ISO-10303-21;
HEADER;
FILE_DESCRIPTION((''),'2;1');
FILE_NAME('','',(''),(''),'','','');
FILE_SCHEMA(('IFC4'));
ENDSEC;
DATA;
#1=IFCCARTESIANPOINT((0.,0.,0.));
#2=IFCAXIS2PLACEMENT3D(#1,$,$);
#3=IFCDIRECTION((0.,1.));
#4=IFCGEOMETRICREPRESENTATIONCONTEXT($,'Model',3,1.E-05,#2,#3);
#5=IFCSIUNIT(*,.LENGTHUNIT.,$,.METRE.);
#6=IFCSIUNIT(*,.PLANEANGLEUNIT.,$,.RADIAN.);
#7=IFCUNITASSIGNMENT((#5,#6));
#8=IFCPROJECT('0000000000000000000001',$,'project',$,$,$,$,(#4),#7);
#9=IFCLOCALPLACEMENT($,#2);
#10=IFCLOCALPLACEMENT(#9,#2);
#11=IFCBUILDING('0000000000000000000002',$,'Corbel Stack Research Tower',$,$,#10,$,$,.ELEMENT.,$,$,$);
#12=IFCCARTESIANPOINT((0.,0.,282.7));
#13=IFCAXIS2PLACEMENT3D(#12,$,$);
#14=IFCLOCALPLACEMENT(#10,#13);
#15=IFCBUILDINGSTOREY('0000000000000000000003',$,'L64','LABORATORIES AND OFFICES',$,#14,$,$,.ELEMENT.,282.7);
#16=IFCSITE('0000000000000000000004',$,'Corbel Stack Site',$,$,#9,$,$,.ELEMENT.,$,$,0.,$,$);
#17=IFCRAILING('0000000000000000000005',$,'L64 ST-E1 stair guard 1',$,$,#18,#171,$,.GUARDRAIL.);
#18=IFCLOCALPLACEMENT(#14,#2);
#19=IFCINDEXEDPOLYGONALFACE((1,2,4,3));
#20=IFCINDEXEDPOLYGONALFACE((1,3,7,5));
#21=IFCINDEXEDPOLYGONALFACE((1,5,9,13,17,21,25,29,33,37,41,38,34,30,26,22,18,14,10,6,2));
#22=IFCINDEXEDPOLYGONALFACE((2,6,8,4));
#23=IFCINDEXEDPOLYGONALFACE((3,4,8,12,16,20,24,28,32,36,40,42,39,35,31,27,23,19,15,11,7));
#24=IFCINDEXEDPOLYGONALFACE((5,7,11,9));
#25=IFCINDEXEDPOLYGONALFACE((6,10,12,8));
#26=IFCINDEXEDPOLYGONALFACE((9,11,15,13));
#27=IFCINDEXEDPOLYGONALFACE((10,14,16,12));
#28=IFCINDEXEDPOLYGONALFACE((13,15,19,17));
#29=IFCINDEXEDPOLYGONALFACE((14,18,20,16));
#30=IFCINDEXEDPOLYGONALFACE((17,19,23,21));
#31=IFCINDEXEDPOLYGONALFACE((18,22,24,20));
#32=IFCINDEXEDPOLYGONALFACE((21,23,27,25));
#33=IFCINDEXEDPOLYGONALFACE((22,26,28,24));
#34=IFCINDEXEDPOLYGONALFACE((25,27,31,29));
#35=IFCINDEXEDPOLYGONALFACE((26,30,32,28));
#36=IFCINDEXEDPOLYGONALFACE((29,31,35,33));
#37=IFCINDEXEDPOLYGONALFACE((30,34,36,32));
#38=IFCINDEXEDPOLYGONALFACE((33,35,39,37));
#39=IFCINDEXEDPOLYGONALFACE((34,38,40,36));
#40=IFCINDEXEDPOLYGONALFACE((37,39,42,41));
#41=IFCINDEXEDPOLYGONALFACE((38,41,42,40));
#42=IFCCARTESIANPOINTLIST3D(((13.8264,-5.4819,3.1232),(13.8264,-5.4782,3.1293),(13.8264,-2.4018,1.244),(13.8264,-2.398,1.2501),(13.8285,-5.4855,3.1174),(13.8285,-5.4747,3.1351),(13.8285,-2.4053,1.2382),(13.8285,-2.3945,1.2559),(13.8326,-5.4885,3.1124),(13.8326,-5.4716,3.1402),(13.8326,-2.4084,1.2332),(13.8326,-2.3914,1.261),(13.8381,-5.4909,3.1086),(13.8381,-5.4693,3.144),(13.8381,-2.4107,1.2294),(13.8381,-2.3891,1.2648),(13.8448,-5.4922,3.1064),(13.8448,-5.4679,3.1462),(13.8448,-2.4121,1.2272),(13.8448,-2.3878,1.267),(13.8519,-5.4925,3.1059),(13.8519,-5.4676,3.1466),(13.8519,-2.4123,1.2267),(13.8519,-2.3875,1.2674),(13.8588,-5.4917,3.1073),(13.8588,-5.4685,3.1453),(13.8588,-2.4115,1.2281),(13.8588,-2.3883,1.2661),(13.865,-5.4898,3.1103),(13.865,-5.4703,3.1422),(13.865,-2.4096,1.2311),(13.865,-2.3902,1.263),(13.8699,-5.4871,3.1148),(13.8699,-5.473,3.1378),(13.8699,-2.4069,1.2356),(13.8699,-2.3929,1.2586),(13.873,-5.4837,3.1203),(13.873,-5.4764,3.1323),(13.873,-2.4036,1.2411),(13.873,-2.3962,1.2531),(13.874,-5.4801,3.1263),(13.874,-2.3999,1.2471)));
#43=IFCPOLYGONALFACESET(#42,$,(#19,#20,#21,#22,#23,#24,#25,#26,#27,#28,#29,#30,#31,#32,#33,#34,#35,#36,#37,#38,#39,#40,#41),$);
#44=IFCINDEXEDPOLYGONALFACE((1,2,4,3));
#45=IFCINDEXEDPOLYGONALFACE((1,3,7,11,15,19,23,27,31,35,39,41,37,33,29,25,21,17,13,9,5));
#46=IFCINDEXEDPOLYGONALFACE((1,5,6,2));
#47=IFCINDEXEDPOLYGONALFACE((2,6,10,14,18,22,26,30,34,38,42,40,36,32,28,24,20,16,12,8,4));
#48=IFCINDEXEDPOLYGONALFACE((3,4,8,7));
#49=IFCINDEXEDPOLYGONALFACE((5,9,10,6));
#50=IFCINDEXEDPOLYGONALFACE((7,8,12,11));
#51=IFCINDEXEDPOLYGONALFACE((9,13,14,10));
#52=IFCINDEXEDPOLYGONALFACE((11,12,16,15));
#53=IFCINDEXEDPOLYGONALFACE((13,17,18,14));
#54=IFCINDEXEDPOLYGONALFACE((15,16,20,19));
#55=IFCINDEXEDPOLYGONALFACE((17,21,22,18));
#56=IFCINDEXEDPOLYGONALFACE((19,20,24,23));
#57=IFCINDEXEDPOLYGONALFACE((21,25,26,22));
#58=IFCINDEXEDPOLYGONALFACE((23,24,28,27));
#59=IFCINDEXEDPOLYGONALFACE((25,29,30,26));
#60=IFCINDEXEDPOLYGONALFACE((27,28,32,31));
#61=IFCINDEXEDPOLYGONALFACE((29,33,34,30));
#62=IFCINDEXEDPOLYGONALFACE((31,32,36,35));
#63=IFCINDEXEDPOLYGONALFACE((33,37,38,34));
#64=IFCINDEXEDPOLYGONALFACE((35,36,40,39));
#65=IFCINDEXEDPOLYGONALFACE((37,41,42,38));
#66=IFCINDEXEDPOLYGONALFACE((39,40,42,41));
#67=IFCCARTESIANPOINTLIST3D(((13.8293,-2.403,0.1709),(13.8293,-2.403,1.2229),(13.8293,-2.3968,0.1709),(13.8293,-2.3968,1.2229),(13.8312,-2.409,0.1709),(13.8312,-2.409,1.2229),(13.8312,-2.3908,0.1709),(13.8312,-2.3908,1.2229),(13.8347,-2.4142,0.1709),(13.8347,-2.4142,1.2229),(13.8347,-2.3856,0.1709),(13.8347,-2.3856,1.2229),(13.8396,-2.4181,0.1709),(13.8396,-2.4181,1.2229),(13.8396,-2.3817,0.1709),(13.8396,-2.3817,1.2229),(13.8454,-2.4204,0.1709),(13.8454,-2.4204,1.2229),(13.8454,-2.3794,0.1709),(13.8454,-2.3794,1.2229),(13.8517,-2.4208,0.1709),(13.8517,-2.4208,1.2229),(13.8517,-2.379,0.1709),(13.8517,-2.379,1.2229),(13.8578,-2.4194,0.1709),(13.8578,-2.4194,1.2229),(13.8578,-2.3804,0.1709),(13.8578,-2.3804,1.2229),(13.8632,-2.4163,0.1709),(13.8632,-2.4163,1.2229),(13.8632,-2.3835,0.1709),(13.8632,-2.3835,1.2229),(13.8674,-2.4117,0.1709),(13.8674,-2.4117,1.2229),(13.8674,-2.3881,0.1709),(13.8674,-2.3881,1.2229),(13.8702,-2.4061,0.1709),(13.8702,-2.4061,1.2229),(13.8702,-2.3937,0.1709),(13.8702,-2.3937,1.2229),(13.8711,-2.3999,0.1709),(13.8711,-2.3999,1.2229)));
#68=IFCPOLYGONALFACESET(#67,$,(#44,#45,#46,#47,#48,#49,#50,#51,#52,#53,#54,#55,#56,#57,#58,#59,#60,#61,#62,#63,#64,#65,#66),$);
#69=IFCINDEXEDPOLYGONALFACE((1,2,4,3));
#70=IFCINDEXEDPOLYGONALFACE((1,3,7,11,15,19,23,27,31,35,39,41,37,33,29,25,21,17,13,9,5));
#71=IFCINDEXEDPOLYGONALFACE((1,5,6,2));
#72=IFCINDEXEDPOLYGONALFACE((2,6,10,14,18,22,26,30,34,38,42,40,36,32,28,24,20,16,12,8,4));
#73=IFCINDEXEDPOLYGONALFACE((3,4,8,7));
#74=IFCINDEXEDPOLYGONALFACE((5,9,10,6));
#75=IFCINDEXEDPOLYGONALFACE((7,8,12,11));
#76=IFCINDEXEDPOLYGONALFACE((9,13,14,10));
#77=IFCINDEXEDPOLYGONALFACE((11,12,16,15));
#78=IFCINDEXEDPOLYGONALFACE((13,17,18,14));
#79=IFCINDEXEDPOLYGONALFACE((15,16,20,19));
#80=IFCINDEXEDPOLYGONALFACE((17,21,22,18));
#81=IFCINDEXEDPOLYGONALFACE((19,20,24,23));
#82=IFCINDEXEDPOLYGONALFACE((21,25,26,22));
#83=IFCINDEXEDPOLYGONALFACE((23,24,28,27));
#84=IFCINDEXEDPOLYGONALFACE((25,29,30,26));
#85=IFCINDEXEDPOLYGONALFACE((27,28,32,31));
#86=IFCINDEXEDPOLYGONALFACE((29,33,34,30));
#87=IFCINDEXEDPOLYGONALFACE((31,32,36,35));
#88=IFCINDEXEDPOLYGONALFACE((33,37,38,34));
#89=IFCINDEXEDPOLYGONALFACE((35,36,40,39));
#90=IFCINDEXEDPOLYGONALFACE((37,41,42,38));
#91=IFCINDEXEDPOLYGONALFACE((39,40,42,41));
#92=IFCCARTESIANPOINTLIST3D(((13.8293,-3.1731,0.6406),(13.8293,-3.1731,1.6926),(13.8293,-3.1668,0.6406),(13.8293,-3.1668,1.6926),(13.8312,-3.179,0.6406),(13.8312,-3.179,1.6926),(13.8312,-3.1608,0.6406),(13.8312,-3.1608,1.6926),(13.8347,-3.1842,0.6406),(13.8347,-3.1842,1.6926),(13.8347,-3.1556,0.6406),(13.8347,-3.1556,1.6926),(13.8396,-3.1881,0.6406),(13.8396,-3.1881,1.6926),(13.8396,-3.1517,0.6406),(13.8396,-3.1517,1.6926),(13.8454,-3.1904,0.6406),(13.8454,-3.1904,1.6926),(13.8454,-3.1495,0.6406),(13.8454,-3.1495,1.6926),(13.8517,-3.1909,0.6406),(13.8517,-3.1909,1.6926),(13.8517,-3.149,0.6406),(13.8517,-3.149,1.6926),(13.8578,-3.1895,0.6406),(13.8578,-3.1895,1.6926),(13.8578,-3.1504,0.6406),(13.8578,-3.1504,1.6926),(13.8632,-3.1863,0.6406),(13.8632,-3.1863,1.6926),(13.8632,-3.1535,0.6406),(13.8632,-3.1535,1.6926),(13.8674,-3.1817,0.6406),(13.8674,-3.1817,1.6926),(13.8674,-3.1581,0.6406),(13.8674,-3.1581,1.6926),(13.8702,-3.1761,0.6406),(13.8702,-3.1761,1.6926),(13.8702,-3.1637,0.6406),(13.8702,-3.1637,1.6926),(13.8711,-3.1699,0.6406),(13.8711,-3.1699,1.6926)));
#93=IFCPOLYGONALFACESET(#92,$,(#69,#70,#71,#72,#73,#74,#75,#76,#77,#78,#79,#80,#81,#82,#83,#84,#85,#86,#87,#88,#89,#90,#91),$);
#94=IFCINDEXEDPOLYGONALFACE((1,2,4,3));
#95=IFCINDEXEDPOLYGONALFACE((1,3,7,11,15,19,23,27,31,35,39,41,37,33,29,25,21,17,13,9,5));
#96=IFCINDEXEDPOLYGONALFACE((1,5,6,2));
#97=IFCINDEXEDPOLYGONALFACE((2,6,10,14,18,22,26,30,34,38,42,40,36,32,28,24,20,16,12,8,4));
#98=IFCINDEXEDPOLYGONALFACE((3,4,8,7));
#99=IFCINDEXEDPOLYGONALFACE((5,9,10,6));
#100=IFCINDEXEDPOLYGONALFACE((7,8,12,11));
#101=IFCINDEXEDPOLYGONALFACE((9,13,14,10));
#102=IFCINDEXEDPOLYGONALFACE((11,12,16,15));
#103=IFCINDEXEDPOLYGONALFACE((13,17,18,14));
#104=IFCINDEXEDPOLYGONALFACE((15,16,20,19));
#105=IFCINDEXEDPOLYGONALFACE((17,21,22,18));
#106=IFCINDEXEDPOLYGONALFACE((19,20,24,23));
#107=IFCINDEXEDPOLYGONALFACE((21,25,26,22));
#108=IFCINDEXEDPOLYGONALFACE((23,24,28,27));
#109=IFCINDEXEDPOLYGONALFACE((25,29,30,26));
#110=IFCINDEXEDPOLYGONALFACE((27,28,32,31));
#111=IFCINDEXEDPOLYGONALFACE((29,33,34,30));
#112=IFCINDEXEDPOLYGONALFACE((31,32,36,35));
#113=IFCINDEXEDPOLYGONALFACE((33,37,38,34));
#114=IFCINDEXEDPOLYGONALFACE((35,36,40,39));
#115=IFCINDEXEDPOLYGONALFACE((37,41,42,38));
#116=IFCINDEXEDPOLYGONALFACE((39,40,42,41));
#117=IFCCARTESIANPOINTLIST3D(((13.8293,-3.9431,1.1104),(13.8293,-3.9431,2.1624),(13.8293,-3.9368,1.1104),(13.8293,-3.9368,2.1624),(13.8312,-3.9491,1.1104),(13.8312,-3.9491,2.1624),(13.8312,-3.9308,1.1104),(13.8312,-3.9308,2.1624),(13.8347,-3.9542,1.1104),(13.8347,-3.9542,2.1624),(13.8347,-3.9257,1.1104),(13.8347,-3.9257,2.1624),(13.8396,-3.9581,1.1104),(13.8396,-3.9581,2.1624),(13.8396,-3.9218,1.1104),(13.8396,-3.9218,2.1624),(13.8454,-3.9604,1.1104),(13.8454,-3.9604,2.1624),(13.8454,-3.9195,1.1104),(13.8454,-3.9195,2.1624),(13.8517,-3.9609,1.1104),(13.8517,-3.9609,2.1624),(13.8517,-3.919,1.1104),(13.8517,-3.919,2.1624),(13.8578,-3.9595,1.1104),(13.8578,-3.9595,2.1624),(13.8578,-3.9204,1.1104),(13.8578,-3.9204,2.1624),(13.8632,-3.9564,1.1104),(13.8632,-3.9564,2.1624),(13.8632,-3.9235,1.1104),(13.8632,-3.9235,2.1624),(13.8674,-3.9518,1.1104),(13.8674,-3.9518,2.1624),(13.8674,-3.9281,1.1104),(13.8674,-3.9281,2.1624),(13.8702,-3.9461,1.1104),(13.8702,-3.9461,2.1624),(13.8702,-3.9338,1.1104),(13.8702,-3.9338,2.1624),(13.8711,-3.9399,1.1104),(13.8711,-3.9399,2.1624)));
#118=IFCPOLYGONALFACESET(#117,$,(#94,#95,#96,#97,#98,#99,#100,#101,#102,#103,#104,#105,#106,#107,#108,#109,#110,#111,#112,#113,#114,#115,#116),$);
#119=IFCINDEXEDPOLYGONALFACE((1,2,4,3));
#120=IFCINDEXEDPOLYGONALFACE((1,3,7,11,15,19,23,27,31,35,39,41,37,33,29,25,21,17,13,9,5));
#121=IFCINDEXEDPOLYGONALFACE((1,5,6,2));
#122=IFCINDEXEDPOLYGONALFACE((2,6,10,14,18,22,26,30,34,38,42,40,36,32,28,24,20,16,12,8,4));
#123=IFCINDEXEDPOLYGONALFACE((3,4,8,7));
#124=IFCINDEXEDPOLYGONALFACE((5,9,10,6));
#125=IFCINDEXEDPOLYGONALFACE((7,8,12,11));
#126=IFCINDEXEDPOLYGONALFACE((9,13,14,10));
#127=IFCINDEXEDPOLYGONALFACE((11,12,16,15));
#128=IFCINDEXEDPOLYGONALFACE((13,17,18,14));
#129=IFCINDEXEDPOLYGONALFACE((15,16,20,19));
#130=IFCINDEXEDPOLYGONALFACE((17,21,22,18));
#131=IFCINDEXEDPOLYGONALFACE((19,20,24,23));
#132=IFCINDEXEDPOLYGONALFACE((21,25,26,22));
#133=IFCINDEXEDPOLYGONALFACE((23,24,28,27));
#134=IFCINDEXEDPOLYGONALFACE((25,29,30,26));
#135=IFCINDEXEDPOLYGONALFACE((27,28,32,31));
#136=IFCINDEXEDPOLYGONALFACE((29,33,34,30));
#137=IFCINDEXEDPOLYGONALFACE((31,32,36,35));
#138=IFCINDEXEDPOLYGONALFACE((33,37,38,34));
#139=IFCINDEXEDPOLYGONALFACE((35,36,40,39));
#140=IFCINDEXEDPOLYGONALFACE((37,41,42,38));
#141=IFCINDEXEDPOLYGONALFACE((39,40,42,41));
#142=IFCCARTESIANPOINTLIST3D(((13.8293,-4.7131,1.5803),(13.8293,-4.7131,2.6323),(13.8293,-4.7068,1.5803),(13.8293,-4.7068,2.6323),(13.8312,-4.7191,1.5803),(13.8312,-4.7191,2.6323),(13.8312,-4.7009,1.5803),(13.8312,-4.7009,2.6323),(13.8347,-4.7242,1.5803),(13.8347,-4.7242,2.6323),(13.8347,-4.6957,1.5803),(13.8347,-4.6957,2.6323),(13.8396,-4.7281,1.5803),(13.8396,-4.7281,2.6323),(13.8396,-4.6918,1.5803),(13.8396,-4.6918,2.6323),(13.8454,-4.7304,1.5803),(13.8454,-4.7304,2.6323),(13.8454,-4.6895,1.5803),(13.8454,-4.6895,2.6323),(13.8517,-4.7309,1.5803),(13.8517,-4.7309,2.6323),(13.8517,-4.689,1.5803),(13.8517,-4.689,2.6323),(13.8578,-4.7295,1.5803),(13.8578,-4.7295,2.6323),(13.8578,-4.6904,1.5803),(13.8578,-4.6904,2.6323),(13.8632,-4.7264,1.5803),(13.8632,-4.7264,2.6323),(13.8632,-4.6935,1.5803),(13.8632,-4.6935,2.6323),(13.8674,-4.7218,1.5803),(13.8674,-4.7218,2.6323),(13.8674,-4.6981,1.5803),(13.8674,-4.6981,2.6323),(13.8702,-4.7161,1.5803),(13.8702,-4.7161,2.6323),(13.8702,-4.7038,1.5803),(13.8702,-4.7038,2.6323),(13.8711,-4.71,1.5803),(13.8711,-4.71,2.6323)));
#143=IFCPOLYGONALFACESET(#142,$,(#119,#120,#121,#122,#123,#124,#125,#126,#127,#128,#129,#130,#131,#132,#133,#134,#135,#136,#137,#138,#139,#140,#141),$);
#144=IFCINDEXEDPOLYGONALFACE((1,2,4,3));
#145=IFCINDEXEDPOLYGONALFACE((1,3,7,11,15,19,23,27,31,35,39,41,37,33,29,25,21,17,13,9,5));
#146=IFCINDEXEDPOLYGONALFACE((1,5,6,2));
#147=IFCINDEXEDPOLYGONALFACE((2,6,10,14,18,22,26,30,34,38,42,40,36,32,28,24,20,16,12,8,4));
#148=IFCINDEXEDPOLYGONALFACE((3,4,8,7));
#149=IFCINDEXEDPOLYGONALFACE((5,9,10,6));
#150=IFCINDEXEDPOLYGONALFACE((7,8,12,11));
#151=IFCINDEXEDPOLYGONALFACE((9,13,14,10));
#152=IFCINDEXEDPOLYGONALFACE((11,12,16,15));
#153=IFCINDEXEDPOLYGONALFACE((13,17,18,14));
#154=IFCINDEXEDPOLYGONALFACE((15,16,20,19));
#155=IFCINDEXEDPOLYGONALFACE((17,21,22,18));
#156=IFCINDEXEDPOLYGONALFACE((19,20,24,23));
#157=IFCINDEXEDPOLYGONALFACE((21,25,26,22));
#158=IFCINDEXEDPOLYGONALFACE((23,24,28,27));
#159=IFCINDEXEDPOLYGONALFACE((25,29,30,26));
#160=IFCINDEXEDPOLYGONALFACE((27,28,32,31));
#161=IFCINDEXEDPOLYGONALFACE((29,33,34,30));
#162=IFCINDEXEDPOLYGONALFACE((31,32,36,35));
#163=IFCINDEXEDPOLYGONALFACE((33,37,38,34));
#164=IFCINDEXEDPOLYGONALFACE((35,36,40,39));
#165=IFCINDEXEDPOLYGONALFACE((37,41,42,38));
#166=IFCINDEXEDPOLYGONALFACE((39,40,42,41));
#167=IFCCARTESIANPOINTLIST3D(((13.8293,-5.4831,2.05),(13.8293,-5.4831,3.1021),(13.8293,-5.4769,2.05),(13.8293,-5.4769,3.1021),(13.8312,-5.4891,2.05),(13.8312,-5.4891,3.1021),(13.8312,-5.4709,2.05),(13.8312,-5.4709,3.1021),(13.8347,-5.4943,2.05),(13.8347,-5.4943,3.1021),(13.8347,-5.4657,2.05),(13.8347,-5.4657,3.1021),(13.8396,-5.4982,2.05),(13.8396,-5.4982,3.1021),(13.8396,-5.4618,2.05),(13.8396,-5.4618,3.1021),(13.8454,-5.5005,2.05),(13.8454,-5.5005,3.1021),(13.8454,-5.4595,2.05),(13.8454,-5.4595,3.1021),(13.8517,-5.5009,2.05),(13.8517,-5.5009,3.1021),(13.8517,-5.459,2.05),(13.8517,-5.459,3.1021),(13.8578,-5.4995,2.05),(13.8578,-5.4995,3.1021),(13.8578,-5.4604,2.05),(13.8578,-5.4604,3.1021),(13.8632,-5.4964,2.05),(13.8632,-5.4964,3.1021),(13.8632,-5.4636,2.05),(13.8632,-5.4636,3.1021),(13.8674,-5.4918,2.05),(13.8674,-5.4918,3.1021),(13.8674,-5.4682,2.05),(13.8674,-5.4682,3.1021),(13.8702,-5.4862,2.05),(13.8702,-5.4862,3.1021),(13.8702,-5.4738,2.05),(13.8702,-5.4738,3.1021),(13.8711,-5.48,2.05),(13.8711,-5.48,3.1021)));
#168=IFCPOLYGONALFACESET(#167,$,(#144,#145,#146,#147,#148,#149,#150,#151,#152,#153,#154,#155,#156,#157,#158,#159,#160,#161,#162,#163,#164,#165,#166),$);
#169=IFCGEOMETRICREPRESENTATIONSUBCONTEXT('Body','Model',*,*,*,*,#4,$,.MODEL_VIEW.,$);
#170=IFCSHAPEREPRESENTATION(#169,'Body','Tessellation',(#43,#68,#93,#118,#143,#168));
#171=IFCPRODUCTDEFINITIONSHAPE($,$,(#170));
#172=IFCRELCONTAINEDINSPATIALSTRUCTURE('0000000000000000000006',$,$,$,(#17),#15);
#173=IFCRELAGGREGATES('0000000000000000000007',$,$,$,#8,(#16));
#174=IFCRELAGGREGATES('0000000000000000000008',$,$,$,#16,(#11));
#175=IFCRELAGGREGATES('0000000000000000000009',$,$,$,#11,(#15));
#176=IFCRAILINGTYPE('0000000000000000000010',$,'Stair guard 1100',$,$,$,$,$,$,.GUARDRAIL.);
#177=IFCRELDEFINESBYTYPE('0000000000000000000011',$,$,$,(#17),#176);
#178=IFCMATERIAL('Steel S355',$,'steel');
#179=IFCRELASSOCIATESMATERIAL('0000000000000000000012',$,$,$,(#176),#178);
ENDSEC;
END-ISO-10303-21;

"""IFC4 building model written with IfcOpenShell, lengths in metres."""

from ifc_helpers import new_model, si_unit, direction, frame, origin, origin_2d, place, context, subcontext, project, spatial, circle, extrude, material, type_object, element, save


model = new_model("IFC4")

# Units and contexts
model_context = context("Model", 3, precision=1e-05, world=origin(), true_north=direction((0.0, 1.0)))
body_context = subcontext(model_context, "Body", "Model", "MODEL_VIEW")
ifc_project = project(units=[si_unit("LENGTHUNIT", "METRE"), si_unit("PLANEANGLEUNIT", "RADIAN")], contexts=[model_context])

# Site, building, storey
site_placement = place(None, origin())
site = spatial("IfcSite", under=ifc_project, at=site_placement, Name="Corbel Stack Site", CompositionType="ELEMENT", RefElevation=0.0)
building_placement = place(site_placement, origin())
building = spatial("IfcBuilding", under=site, at=building_placement, Name="Corbel Stack Research Tower", CompositionType="ELEMENT")
storey_placement = place(building_placement, frame((0.0, 0.0, 282.7)))
storey = spatial("IfcBuildingStorey", under=building, at=storey_placement, Name="L64", Description="LABORATORIES AND OFFICES", CompositionType="ELEMENT", Elevation=282.7)

# Railing
ifc_material_1 = material(Name="Steel S355", Category="steel")
railing_type_1 = type_object("IfcRailingType", Name="Stair guard 1100", PredefinedType="GUARDRAIL", material=ifc_material_1)
railing_1_placement = place(storey_placement, frame((13.8501, -2.3999, 0.1709)))
element("IfcRailing", 1, at=railing_1_placement, inside=storey, type_object=railing_type_1, Name="L64 ST-E1 stair guard 1", PredefinedType="GUARDRAIL", context=body_context, shape_type="SweptSolid", body=[
    extrude(circle(Radius=0.0239, at=origin_2d()), frame((0.0, 0.0, 1.0762), z_axis=(0.0, -0.853666, 0.52082), x_axis=(1.0, 0.0, 0.0)), (0.0, 0.0, 1.0), 3.6082),
    extrude(circle(Radius=0.021, at=origin_2d()), origin(), (0.0, 0.0, 1.0), 1.052),
    extrude(circle(Radius=0.021, at=origin_2d()), frame((0.0, -0.77, 0.4697)), (0.0, 0.0, 1.0), 1.052),
    extrude(circle(Radius=0.021, at=origin_2d()), frame((0.0, -1.54, 0.9395)), (0.0, 0.0, 1.0), 1.052),
    extrude(circle(Radius=0.021, at=origin_2d()), frame((0.0, -2.3101, 1.4094)), (0.0, 0.0, 1.0), 1.052),
    extrude(circle(Radius=0.021, at=origin_2d()), frame((0.0, -3.0801, 1.8792)), (0.0, 0.0, 1.0), 1.052),
])

save(model, "model.ifc")
